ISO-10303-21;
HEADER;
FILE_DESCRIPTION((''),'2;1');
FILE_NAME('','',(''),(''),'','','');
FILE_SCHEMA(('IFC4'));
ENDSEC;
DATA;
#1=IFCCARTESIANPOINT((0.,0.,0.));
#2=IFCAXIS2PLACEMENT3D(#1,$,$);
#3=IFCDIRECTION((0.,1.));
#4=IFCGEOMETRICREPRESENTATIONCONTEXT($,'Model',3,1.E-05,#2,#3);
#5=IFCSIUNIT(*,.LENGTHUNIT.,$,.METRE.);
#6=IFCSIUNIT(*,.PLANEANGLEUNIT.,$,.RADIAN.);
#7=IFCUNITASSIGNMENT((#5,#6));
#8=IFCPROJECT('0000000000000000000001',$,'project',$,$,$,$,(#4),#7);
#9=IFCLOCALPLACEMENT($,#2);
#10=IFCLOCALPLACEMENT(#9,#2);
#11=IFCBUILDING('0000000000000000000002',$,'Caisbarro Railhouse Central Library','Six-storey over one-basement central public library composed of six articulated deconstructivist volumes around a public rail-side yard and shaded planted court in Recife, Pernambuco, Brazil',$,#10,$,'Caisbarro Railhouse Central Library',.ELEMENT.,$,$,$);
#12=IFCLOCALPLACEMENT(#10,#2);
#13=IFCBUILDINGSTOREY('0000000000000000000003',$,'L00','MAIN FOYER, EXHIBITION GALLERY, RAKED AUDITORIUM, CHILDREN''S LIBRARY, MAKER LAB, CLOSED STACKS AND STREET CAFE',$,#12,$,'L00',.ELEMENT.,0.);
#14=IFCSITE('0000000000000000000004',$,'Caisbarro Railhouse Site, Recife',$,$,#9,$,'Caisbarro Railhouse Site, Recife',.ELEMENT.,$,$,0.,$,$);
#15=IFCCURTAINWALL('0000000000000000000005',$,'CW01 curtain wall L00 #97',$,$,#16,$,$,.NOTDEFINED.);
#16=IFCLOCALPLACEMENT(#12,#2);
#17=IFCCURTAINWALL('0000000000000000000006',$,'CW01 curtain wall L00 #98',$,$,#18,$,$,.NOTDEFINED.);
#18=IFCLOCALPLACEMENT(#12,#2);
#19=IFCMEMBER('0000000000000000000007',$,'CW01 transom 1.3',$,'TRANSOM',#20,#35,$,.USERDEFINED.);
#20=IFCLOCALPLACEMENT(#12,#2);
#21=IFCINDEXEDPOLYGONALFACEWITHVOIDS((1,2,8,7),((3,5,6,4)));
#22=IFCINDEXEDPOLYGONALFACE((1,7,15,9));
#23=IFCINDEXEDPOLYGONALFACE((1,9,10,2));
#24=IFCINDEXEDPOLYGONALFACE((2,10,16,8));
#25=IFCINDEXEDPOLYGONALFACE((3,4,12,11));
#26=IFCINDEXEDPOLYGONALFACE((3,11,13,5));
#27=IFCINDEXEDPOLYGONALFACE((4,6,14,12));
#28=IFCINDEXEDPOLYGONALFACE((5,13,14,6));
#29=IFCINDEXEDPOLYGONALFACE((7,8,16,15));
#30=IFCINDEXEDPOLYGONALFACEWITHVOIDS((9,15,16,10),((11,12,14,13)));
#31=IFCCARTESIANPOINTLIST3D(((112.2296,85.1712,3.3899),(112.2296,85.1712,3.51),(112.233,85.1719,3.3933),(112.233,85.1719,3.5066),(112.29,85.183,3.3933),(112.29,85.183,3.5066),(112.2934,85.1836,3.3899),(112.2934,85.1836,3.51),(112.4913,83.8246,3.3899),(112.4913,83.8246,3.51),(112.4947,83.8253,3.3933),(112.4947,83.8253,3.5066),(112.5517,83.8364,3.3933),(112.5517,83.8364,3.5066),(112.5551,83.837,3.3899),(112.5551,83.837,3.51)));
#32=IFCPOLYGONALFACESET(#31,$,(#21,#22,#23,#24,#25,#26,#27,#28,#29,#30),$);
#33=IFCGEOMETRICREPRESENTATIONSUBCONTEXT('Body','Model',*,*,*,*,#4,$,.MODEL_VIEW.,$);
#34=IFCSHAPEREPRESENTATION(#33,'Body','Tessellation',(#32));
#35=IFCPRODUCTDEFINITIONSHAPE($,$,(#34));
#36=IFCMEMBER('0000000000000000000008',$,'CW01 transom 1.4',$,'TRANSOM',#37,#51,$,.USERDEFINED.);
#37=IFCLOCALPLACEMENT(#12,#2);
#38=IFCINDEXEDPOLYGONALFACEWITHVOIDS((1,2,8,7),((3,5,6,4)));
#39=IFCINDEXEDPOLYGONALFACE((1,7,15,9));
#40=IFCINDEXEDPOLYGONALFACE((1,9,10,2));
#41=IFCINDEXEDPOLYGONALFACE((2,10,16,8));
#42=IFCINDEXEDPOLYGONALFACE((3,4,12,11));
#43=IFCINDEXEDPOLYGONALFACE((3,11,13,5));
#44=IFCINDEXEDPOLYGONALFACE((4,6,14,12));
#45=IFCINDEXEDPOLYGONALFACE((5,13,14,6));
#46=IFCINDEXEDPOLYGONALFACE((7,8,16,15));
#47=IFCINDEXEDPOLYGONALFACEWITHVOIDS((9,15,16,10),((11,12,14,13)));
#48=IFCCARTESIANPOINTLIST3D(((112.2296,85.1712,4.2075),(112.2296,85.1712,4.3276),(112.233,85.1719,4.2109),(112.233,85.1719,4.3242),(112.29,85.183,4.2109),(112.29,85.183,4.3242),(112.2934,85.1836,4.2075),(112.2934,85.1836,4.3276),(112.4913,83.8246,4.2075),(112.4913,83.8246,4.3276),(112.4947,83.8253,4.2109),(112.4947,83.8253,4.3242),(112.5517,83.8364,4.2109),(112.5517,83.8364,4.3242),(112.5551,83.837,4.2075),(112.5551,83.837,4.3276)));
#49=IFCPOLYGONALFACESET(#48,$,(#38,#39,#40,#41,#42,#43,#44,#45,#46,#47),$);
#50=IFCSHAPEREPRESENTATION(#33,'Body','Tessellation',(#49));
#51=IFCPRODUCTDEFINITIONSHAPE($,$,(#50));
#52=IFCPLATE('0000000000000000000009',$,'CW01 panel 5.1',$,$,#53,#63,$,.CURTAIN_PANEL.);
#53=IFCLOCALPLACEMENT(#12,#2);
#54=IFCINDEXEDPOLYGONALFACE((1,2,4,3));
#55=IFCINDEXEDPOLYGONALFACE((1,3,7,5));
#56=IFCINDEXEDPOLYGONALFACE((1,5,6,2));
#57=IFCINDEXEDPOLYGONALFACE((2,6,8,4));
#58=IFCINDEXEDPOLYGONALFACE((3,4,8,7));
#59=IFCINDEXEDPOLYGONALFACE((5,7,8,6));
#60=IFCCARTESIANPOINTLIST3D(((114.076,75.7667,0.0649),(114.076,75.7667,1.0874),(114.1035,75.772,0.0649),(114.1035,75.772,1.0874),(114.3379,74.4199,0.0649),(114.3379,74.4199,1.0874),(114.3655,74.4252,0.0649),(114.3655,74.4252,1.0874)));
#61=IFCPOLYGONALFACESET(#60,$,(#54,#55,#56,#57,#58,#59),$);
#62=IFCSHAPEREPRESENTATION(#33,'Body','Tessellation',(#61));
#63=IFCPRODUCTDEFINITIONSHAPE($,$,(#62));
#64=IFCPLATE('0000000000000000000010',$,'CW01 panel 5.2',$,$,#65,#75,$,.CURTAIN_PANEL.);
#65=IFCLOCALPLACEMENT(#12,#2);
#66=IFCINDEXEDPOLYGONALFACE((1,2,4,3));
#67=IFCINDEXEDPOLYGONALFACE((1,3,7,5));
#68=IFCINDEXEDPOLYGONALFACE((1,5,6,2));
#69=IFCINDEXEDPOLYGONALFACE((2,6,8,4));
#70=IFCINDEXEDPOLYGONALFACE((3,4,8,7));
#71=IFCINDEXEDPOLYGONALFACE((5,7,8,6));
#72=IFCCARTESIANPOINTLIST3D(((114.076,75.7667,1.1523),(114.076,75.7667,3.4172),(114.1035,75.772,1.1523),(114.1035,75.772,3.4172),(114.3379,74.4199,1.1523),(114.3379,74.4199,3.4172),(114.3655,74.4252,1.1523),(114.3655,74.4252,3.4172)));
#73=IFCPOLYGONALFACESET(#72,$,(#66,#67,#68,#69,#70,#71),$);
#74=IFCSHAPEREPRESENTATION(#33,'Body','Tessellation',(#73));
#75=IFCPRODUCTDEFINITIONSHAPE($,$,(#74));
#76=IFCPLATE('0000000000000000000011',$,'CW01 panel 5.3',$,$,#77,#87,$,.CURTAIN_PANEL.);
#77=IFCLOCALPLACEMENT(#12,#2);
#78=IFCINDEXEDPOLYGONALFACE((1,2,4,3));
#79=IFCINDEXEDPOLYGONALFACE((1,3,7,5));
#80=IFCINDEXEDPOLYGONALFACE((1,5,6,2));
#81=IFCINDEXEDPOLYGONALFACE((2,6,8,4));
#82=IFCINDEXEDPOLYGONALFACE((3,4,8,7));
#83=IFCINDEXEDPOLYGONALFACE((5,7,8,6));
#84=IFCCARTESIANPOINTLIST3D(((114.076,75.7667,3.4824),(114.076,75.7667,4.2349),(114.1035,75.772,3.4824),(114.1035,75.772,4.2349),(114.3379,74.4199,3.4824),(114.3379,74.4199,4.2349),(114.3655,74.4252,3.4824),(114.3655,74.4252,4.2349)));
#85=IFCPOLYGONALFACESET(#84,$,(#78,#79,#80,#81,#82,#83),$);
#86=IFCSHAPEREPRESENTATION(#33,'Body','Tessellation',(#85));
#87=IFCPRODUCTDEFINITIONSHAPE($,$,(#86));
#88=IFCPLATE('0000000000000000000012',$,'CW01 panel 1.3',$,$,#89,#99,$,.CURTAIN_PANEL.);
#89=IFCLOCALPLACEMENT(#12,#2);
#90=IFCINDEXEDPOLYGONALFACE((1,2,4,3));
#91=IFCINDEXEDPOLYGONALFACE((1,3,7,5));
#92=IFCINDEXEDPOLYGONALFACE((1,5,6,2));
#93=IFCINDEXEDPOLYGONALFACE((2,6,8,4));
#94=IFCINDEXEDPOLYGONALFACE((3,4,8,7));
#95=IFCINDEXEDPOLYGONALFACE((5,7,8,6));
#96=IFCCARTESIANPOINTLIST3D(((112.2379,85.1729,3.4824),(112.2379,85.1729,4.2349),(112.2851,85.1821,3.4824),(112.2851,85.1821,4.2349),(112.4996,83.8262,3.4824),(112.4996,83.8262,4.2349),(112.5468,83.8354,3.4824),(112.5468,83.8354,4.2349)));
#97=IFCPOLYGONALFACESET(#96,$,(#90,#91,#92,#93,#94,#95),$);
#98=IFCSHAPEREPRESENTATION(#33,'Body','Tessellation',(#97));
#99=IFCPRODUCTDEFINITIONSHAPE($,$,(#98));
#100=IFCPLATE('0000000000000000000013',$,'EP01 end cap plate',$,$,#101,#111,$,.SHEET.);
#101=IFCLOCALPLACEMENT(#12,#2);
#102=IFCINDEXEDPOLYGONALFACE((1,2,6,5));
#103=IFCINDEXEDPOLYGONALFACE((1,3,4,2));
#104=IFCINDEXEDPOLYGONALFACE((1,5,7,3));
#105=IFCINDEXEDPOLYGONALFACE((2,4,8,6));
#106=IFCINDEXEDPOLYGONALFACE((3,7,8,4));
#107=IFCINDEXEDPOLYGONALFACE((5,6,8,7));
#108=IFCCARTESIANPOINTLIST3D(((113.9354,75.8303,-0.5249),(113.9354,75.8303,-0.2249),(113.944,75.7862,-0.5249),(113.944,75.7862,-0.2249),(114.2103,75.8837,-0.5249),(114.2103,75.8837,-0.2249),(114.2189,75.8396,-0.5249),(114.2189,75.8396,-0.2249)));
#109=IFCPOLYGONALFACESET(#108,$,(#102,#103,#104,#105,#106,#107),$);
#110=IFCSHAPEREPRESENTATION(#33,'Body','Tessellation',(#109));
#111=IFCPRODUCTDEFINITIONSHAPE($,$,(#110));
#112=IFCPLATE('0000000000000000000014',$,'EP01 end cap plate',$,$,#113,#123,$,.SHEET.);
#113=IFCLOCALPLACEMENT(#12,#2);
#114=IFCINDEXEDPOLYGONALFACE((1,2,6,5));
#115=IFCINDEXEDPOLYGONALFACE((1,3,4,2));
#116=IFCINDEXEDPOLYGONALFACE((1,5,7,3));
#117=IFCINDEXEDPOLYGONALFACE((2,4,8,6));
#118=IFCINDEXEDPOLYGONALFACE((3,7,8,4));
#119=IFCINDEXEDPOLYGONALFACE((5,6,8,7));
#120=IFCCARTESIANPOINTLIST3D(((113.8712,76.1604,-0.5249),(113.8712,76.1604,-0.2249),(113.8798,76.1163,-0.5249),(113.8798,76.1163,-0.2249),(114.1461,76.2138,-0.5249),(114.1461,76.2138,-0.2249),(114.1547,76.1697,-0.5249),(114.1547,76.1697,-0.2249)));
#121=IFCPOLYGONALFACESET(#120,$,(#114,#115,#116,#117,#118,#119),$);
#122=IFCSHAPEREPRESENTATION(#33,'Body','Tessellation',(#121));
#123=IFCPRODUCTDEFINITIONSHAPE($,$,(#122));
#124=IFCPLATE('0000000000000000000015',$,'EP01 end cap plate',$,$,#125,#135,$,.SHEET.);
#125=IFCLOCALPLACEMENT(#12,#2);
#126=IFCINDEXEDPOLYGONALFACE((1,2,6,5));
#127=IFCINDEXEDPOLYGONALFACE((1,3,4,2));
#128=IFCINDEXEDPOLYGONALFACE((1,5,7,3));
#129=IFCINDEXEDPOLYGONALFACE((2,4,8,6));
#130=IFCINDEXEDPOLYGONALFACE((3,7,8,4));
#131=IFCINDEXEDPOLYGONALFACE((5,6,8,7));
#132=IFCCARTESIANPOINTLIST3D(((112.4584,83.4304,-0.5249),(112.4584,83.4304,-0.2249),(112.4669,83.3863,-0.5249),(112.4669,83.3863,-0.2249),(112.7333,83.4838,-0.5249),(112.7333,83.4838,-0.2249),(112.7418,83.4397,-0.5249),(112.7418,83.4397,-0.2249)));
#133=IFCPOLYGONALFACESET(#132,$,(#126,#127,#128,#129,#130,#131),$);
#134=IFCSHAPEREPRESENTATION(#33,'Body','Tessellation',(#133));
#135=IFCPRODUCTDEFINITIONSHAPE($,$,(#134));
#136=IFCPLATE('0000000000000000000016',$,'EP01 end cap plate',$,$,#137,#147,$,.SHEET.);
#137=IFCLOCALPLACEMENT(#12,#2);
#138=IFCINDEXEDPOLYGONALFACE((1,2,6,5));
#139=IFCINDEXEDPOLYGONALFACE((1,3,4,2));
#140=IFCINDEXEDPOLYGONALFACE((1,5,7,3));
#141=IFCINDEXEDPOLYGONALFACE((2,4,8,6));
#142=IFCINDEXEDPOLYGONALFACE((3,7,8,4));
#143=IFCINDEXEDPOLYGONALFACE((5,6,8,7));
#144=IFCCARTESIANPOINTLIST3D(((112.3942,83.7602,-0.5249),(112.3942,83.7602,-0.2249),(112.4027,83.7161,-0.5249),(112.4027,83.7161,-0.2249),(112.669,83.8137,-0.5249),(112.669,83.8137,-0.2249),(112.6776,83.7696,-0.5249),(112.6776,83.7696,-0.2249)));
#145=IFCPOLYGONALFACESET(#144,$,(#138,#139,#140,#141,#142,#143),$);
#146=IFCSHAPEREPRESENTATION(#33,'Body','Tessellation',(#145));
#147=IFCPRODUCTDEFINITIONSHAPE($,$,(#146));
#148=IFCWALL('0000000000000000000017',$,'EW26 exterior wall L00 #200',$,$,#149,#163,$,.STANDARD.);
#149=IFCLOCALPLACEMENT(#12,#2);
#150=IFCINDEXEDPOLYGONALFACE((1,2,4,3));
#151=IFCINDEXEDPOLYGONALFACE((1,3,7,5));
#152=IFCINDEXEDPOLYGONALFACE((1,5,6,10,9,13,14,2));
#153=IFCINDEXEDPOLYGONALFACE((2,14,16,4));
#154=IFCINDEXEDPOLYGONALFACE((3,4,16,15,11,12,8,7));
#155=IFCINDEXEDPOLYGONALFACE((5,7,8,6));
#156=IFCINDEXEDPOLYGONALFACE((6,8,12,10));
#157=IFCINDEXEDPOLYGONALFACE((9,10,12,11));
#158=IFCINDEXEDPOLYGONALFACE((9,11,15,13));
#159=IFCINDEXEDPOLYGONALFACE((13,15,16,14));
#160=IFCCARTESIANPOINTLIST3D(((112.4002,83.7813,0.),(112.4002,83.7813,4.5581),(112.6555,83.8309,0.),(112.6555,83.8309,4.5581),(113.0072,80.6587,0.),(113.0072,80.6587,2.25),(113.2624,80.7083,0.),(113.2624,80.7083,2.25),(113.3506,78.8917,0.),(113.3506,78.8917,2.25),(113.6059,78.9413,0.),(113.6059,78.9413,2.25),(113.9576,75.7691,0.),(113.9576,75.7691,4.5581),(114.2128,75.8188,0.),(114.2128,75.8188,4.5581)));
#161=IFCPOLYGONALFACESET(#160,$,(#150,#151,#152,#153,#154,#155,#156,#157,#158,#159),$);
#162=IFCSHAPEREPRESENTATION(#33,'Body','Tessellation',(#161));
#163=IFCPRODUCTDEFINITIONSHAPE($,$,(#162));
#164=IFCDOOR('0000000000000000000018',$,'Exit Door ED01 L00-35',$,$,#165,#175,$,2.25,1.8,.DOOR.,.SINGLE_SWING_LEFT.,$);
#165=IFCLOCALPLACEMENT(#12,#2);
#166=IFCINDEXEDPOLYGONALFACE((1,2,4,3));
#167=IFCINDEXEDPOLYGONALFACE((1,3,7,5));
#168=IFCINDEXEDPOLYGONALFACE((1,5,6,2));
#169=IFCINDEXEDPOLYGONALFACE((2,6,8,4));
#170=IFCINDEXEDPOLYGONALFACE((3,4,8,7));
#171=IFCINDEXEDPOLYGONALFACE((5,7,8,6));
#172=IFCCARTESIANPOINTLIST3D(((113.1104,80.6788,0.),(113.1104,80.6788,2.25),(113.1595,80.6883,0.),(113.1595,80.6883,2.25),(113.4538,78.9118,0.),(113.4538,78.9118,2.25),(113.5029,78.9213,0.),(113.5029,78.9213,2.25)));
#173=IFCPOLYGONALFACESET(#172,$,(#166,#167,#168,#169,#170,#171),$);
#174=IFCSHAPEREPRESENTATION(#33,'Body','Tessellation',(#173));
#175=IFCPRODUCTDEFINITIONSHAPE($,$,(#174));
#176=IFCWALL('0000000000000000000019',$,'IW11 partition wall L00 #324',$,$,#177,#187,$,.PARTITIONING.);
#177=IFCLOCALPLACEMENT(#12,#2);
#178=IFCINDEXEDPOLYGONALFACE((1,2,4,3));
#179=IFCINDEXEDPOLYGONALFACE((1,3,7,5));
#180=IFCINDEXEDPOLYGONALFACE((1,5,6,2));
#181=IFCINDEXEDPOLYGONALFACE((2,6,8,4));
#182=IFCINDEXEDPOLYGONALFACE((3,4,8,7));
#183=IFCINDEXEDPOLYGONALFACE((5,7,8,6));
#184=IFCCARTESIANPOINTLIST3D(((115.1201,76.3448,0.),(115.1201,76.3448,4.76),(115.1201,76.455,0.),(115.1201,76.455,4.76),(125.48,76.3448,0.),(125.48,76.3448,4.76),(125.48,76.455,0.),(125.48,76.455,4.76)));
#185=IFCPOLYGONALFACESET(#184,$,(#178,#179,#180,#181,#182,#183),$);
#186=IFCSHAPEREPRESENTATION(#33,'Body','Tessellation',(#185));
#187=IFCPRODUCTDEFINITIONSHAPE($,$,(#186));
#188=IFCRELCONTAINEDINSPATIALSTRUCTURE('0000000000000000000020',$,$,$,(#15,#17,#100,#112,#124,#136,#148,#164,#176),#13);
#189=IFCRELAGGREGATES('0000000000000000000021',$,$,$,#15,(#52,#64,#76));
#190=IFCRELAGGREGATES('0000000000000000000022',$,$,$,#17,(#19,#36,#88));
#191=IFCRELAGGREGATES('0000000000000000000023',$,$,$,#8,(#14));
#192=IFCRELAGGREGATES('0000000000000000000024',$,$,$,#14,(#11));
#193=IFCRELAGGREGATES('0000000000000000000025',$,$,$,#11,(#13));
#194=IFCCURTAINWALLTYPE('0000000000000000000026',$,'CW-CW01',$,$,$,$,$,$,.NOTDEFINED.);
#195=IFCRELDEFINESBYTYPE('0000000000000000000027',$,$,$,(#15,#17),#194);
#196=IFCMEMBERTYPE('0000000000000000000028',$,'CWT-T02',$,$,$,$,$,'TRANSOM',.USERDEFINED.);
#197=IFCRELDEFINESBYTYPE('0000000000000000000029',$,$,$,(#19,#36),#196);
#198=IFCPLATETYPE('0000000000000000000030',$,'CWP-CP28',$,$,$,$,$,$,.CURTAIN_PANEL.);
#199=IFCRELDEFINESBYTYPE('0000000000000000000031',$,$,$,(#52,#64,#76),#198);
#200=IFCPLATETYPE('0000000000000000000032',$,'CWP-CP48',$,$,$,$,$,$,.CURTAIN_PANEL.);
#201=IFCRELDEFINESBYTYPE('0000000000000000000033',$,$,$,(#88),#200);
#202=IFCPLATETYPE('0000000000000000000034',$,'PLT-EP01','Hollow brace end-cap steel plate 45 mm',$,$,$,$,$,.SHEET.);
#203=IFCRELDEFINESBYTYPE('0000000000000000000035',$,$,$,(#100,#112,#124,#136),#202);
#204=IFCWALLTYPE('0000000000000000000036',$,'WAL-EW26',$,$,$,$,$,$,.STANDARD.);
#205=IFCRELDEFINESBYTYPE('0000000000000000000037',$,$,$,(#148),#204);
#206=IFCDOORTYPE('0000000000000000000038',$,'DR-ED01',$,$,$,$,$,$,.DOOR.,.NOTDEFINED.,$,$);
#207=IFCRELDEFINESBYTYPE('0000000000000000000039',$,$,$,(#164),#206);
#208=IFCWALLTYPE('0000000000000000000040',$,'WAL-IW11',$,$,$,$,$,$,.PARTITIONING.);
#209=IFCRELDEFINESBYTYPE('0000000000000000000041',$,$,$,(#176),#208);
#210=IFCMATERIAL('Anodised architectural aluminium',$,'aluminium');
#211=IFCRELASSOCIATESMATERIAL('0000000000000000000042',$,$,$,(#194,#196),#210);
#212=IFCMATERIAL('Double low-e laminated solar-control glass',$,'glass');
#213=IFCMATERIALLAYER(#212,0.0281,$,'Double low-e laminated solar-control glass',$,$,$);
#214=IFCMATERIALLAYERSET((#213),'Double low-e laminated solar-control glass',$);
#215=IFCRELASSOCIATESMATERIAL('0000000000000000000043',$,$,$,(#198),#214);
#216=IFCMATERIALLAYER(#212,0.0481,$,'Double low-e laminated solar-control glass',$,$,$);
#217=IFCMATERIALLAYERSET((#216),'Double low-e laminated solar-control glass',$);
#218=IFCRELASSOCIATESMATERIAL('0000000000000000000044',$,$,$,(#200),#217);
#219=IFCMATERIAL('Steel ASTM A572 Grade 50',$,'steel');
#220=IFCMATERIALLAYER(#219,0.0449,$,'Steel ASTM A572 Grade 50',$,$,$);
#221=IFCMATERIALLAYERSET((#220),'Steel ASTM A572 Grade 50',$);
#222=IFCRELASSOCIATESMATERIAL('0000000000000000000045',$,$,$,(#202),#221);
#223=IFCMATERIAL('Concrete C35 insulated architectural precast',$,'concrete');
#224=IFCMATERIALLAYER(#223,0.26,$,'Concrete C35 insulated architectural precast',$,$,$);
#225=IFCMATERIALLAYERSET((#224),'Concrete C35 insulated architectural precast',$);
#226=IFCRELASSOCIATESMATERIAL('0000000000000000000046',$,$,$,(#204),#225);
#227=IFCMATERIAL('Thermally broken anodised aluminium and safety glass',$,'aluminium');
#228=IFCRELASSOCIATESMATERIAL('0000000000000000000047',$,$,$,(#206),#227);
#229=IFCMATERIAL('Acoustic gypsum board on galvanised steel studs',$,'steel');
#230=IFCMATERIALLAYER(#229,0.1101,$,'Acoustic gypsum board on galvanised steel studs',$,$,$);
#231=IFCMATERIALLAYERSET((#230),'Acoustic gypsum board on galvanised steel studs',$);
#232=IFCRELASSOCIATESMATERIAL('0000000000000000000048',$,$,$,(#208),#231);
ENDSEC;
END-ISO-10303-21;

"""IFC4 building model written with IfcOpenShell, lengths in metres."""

from ifc_helpers import new_model, si_unit, direction, frame, frame_2d, origin, origin_2d, place, context, subcontext, project, spatial, rectangle, hollow_rectangle, extrude, material, layer, layer_set, material_profile, profile_set, type_object, element, fill, aggregate, save


model = new_model("IFC4")

# Units and contexts
model_context = context("Model", 3, precision=1e-05, world=origin(), true_north=direction((0.0, 1.0)))
body_context = subcontext(model_context, "Body", "Model", "MODEL_VIEW")
ifc_project = project(units=[si_unit("LENGTHUNIT", "METRE"), si_unit("PLANEANGLEUNIT", "RADIAN")], contexts=[model_context])

# Site, building, storey
site_placement = place(None, origin())
site = spatial("IfcSite", under=ifc_project, at=site_placement, Name="Caisbarro Railhouse Site, Recife", LongName="Caisbarro Railhouse Site, Recife", CompositionType="ELEMENT", RefElevation=0.0)
building_placement = place(site_placement, origin())
building = spatial("IfcBuilding", under=site, at=building_placement, Name="Caisbarro Railhouse Central Library", Description="Six-storey over one-basement central public library composed of six articulated deconstructivist volumes around a public rail-side yard and shaded planted court in Recife, Pernambuco, Brazil", LongName="Caisbarro Railhouse Central Library", CompositionType="ELEMENT")
storey_placement = place(building_placement, origin())
storey = spatial("IfcBuildingStorey", under=building, at=storey_placement, Name="L00", Description="MAIN FOYER, EXHIBITION GALLERY, RAKED AUDITORIUM, CHILDREN'S LIBRARY, MAKER LAB, CLOSED STACKS AND STREET CAFE", LongName="L00", CompositionType="ELEMENT", Elevation=0.0)

# Shared definitions
ifc_material_1 = material(Name="Steel ASTM A572 Grade 50", Category="steel")

# Curtain wall
ifc_material_2 = material(Name="Anodised architectural aluminium", Category="aluminium")
curtain_wall_type = type_object("IfcCurtainWallType", Name="CW-CW01", PredefinedType="NOTDEFINED", material=ifc_material_2)
curtain_wall_1_placement = place(storey_placement, origin())
curtain_wall_1 = element("IfcCurtainWall", 1, at=curtain_wall_1_placement, inside=storey, type_object=curtain_wall_type, Name="CW01 curtain wall L00 #97", PredefinedType="NOTDEFINED")

# Curtain wall
curtain_wall_2_placement = place(storey_placement, origin())
curtain_wall_2 = element("IfcCurtainWall", 2, at=curtain_wall_2_placement, inside=storey, type_object=curtain_wall_type, Name="CW01 curtain wall L00 #98", PredefinedType="NOTDEFINED")

# Members
ifc_material_profile_1 = material_profile(ifc_material_2, hollow_rectangle(XDim=0.0649, YDim=0.1201, WallThickness=0.0034, at=origin_2d()), Name="ALU-TRN-65X120")
ifc_profile_set_1 = profile_set([ifc_material_profile_1], Name="Anodised architectural aluminium")
member_type_1 = type_object("IfcMemberType", Name="CWT-T02", ElementType="TRANSOM", PredefinedType="USERDEFINED", material=ifc_profile_set_1)
member_1_placement = place(storey_placement, frame((112.5232, 83.8308, 3.45), z_axis=(-0.190774, 0.981634, 0.0), x_axis=(-0.981634, -0.190774, 0.0)))
member_1 = element("IfcMember", 3, at=member_1_placement, type_object=member_type_1, Name="CW01 transom 1.3", ObjectType="TRANSOM", PredefinedType="USERDEFINED", context=body_context, shape_type="SweptSolid", body=[
    extrude(hollow_rectangle(XDim=0.0649, YDim=0.1201, WallThickness=0.0034, at=origin_2d()), origin(), (0.0, 0.0, 1.0), 1.3718),
])
member_2_placement = place(storey_placement, frame((112.5232, 83.8308, 4.2676), z_axis=(-0.190774, 0.981634, 0.0), x_axis=(-0.981634, -0.190774, 0.0)))
member_2 = element("IfcMember", 4, at=member_2_placement, type_object=member_type_1, Name="CW01 transom 1.4", ObjectType="TRANSOM", PredefinedType="USERDEFINED", context=body_context, shape_type="SweptSolid", body=[
    extrude(hollow_rectangle(XDim=0.0649, YDim=0.1201, WallThickness=0.0034, at=origin_2d()), origin(), (0.0, 0.0, 1.0), 1.3718),
])

# Plates
ifc_material_3 = material(Name="Double low-e laminated solar-control glass", Category="glass")
ifc_layer_1 = layer(ifc_material_3, 0.0281, Name="Double low-e laminated solar-control glass")
ifc_layer_set_1 = layer_set([ifc_layer_1], Name="Double low-e laminated solar-control glass")
plate_type_1 = type_object("IfcPlateType", Name="CWP-CP28", PredefinedType="CURTAIN_PANEL", material=ifc_layer_set_1)
plate_1_placement = place(storey_placement, frame((114.2207, 75.0959, 0.0649), z_axis=(0.0, 0.0, 1.0), x_axis=(-0.190911, 0.981607, 0.0)))
plate_1 = element("IfcPlate", 5, at=plate_1_placement, type_object=plate_type_1, Name="CW01 panel 5.1", PredefinedType="CURTAIN_PANEL", context=body_context, shape_type="SweptSolid", body=[
    extrude(rectangle(XDim=1.3721, YDim=0.0281, at=origin_2d()), origin(), (0.0, 0.0, 1.0), 1.0225),
])
plate_2_placement = place(storey_placement, frame((114.2207, 75.0959, 1.1523), z_axis=(0.0, 0.0, 1.0), x_axis=(-0.190911, 0.981607, 0.0)))
plate_2 = element("IfcPlate", 6, at=plate_2_placement, type_object=plate_type_1, Name="CW01 panel 5.2", PredefinedType="CURTAIN_PANEL", context=body_context, shape_type="SweptSolid", body=[
    extrude(rectangle(XDim=1.3721, YDim=0.0281, at=origin_2d()), origin(), (0.0, 0.0, 1.0), 2.2649),
])
plate_3_placement = place(storey_placement, frame((114.2207, 75.0959, 3.4824), z_axis=(0.0, 0.0, 1.0), x_axis=(-0.190911, 0.981607, 0.0)))
plate_3 = element("IfcPlate", 7, at=plate_3_placement, type_object=plate_type_1, Name="CW01 panel 5.3", PredefinedType="CURTAIN_PANEL", context=body_context, shape_type="SweptSolid", body=[
    extrude(rectangle(XDim=1.3721, YDim=0.0281, at=origin_2d()), origin(), (0.0, 0.0, 1.0), 0.7524),
])
aggregate(curtain_wall_1, [plate_1, plate_2, plate_3])
ifc_layer_2 = layer(ifc_material_3, 0.0481, Name="Double low-e laminated solar-control glass")
ifc_layer_set_2 = layer_set([ifc_layer_2], Name="Double low-e laminated solar-control glass")
plate_type_2 = type_object("IfcPlateType", Name="CWP-CP48", PredefinedType="CURTAIN_PANEL", material=ifc_layer_set_2)
plate_4_placement = place(storey_placement, frame((112.3923, 84.5042, 3.4824), z_axis=(0.0, 0.0, 1.0), x_axis=(-0.190781, 0.981633, 0.0)))
plate_4 = element("IfcPlate", 8, at=plate_4_placement, type_object=plate_type_2, Name="CW01 panel 1.3", PredefinedType="CURTAIN_PANEL", context=body_context, shape_type="SweptSolid", body=[
    extrude(rectangle(XDim=1.3718, YDim=0.0481, at=origin_2d()), origin(), (0.0, 0.0, 1.0), 0.7524),
])
aggregate(curtain_wall_2, [member_1, member_2, plate_4])

# Plates
ifc_layer_3 = layer(ifc_material_1, 0.0449, Name="Steel ASTM A572 Grade 50")
ifc_layer_set_3 = layer_set([ifc_layer_3], Name="Steel ASTM A572 Grade 50")
plate_type_3 = type_object("IfcPlateType", Name="PLT-EP01", Description="Hollow brace end-cap steel plate 45 mm", PredefinedType="SHEET", material=ifc_layer_set_3)
for number, where, z_axis, x_axis, name in (
    (9, (114.0771, 75.835, -0.5249), (0.0, 0.0, 1.0), (-0.190809, 0.981627, 0.0), "EP01 end cap plate"),
    (10, (114.0129, 76.165, -0.5249), (0.0, 0.0, 1.0), (-0.190809, 0.981627, 0.0), "EP01 end cap plate"),
    (11, (112.6001, 83.4351, -0.5249), (0.0, 0.0, 1.0), (-0.190809, 0.981627, 0.0), "EP01 end cap plate"),
    (12, (112.5359, 83.7649, -0.5249), (0.0, 0.0, 1.0), (-0.190809, 0.981627, 0.0), "EP01 end cap plate"),
):
    element("IfcPlate", number, at=place(storey_placement, frame(where, z_axis=z_axis, x_axis=x_axis)), inside=storey, type_object=plate_type_3, Name=name, PredefinedType="SHEET", context=body_context, shape_type="SweptSolid", body=[
        extrude(rectangle(XDim=0.0449, YDim=0.28, at=origin_2d()), origin(), (0.0, 0.0, 1.0), 0.3),
    ])

# Wall, opening, door
ifc_material_4 = material(Name="Concrete C35 insulated architectural precast", Category="concrete")
ifc_layer_4 = layer(ifc_material_4, 0.26, Name="Concrete C35 insulated architectural precast")
ifc_layer_set_4 = layer_set([ifc_layer_4], Name="Concrete C35 insulated architectural precast")
wall_type_1 = type_object("IfcWallType", Name="WAL-EW26", PredefinedType="STANDARD", material=ifc_layer_set_4)
wall_1_placement = place(storey_placement, frame((114.0852, 75.7939, 0.0), z_axis=(0.0, 0.0, 1.0), x_axis=(-0.190804, 0.981628, 0.0)))
wall_1 = element("IfcWall", 13, at=wall_1_placement, inside=storey, type_object=wall_type_1, Name="EW26 exterior wall L00 #200", PredefinedType="STANDARD", context=body_context, shape_type="SweptSolid", body=[
    extrude(rectangle(XDim=8.1621, YDim=0.26, at=frame_2d((4.0811, 0.0))), origin(), (0.0, 0.0, 1.0), 4.5581),
])
opening_placement = place(wall_1_placement, frame((3.1812, 0.0, 0.0)))
opening = element("IfcOpeningElement", 14, at=opening_placement, cuts=wall_1, PredefinedType="OPENING", context=body_context, shape_type="SweptSolid", body=[
    extrude(rectangle(XDim=1.8, YDim=2.25, at=frame_2d((0.8999, 1.125))), frame((0.0, 0.1401, 0.0), z_axis=(0.0, -1.0, 0.0), x_axis=(1.0, 0.0, 0.0)), (0.0, 0.0, 1.0), 0.28),
])
ifc_material_5 = material(Name="Thermally broken anodised aluminium and safety glass", Category="aluminium")
door_type = type_object("IfcDoorType", Name="DR-ED01", OperationType="NOTDEFINED", PredefinedType="DOOR", material=ifc_material_5)
door_placement = place(opening_placement, origin())
door = element("IfcDoor", 15, at=door_placement, inside=storey, type_object=door_type, Name="Exit Door ED01 L00-35", OperationType="SINGLE_SWING_LEFT", OverallHeight=2.25, OverallWidth=1.8, PredefinedType="DOOR", context=body_context, shape_type="SweptSolid", body=[
    extrude(rectangle(XDim=1.8, YDim=2.25, at=frame_2d((0.8999, 1.125))), frame((0.0, 0.0249, 0.0), z_axis=(0.0, -1.0, 0.0), x_axis=(1.0, 0.0, 0.0)), (0.0, 0.0, 1.0), 0.05),
])
fill(opening, door)

# Wall
ifc_material_6 = material(Name="Acoustic gypsum board on galvanised steel studs", Category="steel")
ifc_layer_5 = layer(ifc_material_6, 0.1101, Name="Acoustic gypsum board on galvanised steel studs")
ifc_layer_set_5 = layer_set([ifc_layer_5], Name="Acoustic gypsum board on galvanised steel studs")
wall_type_2 = type_object("IfcWallType", Name="WAL-IW11", PredefinedType="PARTITIONING", material=ifc_layer_set_5)
wall_2_placement = place(storey_placement, frame((115.1201, 76.3999, 0.0), z_axis=(0.0, 0.0, 1.0), x_axis=(1.0, 0.0, 0.0)))
element("IfcWall", 16, at=wall_2_placement, inside=storey, type_object=wall_type_2, Name="IW11 partition wall L00 #324", PredefinedType="PARTITIONING", context=body_context, shape_type="SweptSolid", body=[
    extrude(rectangle(XDim=10.3599, YDim=0.1101, at=frame_2d((5.1799, 0.0))), origin(), (0.0, 0.0, 1.0), 4.76),
])

save(model, "model.ifc")
